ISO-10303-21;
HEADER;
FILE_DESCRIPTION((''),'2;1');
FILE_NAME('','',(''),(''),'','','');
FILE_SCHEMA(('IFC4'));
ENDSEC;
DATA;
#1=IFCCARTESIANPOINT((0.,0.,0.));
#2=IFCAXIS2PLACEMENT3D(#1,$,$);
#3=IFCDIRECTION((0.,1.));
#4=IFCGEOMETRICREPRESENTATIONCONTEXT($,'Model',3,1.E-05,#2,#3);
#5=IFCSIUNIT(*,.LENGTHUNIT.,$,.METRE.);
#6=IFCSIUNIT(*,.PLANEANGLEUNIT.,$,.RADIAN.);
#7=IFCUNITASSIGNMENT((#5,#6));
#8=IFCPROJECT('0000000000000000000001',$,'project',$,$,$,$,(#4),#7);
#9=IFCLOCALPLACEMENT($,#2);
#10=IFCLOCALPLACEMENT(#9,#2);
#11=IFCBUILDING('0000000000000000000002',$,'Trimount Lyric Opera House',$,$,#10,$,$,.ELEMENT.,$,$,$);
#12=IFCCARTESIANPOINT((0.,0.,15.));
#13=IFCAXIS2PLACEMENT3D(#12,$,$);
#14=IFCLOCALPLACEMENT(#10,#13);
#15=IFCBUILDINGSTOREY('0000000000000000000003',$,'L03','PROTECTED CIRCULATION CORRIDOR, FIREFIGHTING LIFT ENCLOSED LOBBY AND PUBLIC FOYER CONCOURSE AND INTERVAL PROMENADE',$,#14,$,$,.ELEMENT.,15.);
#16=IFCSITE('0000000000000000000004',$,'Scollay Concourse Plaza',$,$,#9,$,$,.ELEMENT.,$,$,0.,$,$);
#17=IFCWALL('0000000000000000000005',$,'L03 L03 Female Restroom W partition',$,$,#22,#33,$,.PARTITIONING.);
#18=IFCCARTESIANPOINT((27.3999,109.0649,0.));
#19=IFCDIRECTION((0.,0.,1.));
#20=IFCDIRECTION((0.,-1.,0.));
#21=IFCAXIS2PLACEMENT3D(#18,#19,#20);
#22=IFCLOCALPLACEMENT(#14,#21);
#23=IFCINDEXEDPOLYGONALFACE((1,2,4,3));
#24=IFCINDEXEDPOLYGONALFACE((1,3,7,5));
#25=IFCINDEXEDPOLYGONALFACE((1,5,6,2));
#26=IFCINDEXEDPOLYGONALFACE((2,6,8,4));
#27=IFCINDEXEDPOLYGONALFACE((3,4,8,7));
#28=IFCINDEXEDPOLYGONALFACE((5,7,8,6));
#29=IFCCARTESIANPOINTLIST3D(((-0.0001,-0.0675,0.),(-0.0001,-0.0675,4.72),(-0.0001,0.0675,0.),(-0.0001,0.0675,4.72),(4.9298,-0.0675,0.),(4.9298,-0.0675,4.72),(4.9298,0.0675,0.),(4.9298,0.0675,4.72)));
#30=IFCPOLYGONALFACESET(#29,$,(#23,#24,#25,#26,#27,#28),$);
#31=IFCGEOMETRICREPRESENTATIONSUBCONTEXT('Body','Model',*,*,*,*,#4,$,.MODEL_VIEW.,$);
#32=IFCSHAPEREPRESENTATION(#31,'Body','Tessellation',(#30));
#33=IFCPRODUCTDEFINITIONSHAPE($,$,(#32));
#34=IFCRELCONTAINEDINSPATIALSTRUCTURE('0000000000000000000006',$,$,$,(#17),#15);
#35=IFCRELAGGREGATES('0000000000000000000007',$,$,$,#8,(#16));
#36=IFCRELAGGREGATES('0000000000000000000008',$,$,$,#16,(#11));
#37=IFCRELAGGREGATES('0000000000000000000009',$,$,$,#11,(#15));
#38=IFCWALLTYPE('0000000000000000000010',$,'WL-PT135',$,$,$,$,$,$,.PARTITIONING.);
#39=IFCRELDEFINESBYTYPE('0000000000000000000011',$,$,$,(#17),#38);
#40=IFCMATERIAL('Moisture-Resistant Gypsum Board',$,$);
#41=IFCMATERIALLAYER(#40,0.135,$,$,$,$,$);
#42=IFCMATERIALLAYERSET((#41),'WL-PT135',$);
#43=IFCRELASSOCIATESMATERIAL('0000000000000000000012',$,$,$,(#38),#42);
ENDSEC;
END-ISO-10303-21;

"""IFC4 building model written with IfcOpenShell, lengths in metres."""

from ifc_helpers import new_model, si_unit, direction, frame, frame_2d, origin, place, context, subcontext, project, spatial, rectangle, extrude, material, layer, layer_set, type_object, element, save


model = new_model("IFC4")

# Units and contexts
model_context = context("Model", 3, precision=1e-05, world=origin(), true_north=direction((0.0, 1.0)))
body_context = subcontext(model_context, "Body", "Model", "MODEL_VIEW")
ifc_project = project(units=[si_unit("LENGTHUNIT", "METRE"), si_unit("PLANEANGLEUNIT", "RADIAN")], contexts=[model_context])

# Site, building, storey
site_placement = place(None, origin())
site = spatial("IfcSite", under=ifc_project, at=site_placement, Name="Scollay Concourse Plaza", CompositionType="ELEMENT", RefElevation=0.0)
building_placement = place(site_placement, origin())
building = spatial("IfcBuilding", under=site, at=building_placement, Name="Trimount Lyric Opera House", CompositionType="ELEMENT")
storey_placement = place(building_placement, frame((0.0, 0.0, 15.0)))
storey = spatial("IfcBuildingStorey", under=building, at=storey_placement, Name="L03", Description="PROTECTED CIRCULATION CORRIDOR, FIREFIGHTING LIFT ENCLOSED LOBBY AND PUBLIC FOYER CONCOURSE AND INTERVAL PROMENADE", CompositionType="ELEMENT", Elevation=15.0)

# Shared definitions
ifc_material_1 = material(Name="Moisture-Resistant Gypsum Board")
ifc_layer_1 = layer(ifc_material_1, 0.135)
ifc_layer_set_1 = layer_set([ifc_layer_1], Name="WL-PT135")
wall_type_1 = type_object("IfcWallType", Name="WL-PT135", PredefinedType="PARTITIONING", material=ifc_layer_set_1)

# Wall
wall_1_placement = place(storey_placement, frame((27.3999, 109.0649, 0.0), z_axis=(0.0, 0.0, 1.0), x_axis=(0.0, -1.0, 0.0)))
element("IfcWall", 1, at=wall_1_placement, inside=storey, type_object=wall_type_1, Name="L03 L03 Female Restroom W partition", PredefinedType="PARTITIONING", context=body_context, shape_type="SweptSolid", body=[
    extrude(rectangle(XDim=4.9299, YDim=0.135, at=frame_2d((2.4648, 0.0))), origin(), (0.0, 0.0, 1.0), 4.72),
])

save(model, "model.ifc")
